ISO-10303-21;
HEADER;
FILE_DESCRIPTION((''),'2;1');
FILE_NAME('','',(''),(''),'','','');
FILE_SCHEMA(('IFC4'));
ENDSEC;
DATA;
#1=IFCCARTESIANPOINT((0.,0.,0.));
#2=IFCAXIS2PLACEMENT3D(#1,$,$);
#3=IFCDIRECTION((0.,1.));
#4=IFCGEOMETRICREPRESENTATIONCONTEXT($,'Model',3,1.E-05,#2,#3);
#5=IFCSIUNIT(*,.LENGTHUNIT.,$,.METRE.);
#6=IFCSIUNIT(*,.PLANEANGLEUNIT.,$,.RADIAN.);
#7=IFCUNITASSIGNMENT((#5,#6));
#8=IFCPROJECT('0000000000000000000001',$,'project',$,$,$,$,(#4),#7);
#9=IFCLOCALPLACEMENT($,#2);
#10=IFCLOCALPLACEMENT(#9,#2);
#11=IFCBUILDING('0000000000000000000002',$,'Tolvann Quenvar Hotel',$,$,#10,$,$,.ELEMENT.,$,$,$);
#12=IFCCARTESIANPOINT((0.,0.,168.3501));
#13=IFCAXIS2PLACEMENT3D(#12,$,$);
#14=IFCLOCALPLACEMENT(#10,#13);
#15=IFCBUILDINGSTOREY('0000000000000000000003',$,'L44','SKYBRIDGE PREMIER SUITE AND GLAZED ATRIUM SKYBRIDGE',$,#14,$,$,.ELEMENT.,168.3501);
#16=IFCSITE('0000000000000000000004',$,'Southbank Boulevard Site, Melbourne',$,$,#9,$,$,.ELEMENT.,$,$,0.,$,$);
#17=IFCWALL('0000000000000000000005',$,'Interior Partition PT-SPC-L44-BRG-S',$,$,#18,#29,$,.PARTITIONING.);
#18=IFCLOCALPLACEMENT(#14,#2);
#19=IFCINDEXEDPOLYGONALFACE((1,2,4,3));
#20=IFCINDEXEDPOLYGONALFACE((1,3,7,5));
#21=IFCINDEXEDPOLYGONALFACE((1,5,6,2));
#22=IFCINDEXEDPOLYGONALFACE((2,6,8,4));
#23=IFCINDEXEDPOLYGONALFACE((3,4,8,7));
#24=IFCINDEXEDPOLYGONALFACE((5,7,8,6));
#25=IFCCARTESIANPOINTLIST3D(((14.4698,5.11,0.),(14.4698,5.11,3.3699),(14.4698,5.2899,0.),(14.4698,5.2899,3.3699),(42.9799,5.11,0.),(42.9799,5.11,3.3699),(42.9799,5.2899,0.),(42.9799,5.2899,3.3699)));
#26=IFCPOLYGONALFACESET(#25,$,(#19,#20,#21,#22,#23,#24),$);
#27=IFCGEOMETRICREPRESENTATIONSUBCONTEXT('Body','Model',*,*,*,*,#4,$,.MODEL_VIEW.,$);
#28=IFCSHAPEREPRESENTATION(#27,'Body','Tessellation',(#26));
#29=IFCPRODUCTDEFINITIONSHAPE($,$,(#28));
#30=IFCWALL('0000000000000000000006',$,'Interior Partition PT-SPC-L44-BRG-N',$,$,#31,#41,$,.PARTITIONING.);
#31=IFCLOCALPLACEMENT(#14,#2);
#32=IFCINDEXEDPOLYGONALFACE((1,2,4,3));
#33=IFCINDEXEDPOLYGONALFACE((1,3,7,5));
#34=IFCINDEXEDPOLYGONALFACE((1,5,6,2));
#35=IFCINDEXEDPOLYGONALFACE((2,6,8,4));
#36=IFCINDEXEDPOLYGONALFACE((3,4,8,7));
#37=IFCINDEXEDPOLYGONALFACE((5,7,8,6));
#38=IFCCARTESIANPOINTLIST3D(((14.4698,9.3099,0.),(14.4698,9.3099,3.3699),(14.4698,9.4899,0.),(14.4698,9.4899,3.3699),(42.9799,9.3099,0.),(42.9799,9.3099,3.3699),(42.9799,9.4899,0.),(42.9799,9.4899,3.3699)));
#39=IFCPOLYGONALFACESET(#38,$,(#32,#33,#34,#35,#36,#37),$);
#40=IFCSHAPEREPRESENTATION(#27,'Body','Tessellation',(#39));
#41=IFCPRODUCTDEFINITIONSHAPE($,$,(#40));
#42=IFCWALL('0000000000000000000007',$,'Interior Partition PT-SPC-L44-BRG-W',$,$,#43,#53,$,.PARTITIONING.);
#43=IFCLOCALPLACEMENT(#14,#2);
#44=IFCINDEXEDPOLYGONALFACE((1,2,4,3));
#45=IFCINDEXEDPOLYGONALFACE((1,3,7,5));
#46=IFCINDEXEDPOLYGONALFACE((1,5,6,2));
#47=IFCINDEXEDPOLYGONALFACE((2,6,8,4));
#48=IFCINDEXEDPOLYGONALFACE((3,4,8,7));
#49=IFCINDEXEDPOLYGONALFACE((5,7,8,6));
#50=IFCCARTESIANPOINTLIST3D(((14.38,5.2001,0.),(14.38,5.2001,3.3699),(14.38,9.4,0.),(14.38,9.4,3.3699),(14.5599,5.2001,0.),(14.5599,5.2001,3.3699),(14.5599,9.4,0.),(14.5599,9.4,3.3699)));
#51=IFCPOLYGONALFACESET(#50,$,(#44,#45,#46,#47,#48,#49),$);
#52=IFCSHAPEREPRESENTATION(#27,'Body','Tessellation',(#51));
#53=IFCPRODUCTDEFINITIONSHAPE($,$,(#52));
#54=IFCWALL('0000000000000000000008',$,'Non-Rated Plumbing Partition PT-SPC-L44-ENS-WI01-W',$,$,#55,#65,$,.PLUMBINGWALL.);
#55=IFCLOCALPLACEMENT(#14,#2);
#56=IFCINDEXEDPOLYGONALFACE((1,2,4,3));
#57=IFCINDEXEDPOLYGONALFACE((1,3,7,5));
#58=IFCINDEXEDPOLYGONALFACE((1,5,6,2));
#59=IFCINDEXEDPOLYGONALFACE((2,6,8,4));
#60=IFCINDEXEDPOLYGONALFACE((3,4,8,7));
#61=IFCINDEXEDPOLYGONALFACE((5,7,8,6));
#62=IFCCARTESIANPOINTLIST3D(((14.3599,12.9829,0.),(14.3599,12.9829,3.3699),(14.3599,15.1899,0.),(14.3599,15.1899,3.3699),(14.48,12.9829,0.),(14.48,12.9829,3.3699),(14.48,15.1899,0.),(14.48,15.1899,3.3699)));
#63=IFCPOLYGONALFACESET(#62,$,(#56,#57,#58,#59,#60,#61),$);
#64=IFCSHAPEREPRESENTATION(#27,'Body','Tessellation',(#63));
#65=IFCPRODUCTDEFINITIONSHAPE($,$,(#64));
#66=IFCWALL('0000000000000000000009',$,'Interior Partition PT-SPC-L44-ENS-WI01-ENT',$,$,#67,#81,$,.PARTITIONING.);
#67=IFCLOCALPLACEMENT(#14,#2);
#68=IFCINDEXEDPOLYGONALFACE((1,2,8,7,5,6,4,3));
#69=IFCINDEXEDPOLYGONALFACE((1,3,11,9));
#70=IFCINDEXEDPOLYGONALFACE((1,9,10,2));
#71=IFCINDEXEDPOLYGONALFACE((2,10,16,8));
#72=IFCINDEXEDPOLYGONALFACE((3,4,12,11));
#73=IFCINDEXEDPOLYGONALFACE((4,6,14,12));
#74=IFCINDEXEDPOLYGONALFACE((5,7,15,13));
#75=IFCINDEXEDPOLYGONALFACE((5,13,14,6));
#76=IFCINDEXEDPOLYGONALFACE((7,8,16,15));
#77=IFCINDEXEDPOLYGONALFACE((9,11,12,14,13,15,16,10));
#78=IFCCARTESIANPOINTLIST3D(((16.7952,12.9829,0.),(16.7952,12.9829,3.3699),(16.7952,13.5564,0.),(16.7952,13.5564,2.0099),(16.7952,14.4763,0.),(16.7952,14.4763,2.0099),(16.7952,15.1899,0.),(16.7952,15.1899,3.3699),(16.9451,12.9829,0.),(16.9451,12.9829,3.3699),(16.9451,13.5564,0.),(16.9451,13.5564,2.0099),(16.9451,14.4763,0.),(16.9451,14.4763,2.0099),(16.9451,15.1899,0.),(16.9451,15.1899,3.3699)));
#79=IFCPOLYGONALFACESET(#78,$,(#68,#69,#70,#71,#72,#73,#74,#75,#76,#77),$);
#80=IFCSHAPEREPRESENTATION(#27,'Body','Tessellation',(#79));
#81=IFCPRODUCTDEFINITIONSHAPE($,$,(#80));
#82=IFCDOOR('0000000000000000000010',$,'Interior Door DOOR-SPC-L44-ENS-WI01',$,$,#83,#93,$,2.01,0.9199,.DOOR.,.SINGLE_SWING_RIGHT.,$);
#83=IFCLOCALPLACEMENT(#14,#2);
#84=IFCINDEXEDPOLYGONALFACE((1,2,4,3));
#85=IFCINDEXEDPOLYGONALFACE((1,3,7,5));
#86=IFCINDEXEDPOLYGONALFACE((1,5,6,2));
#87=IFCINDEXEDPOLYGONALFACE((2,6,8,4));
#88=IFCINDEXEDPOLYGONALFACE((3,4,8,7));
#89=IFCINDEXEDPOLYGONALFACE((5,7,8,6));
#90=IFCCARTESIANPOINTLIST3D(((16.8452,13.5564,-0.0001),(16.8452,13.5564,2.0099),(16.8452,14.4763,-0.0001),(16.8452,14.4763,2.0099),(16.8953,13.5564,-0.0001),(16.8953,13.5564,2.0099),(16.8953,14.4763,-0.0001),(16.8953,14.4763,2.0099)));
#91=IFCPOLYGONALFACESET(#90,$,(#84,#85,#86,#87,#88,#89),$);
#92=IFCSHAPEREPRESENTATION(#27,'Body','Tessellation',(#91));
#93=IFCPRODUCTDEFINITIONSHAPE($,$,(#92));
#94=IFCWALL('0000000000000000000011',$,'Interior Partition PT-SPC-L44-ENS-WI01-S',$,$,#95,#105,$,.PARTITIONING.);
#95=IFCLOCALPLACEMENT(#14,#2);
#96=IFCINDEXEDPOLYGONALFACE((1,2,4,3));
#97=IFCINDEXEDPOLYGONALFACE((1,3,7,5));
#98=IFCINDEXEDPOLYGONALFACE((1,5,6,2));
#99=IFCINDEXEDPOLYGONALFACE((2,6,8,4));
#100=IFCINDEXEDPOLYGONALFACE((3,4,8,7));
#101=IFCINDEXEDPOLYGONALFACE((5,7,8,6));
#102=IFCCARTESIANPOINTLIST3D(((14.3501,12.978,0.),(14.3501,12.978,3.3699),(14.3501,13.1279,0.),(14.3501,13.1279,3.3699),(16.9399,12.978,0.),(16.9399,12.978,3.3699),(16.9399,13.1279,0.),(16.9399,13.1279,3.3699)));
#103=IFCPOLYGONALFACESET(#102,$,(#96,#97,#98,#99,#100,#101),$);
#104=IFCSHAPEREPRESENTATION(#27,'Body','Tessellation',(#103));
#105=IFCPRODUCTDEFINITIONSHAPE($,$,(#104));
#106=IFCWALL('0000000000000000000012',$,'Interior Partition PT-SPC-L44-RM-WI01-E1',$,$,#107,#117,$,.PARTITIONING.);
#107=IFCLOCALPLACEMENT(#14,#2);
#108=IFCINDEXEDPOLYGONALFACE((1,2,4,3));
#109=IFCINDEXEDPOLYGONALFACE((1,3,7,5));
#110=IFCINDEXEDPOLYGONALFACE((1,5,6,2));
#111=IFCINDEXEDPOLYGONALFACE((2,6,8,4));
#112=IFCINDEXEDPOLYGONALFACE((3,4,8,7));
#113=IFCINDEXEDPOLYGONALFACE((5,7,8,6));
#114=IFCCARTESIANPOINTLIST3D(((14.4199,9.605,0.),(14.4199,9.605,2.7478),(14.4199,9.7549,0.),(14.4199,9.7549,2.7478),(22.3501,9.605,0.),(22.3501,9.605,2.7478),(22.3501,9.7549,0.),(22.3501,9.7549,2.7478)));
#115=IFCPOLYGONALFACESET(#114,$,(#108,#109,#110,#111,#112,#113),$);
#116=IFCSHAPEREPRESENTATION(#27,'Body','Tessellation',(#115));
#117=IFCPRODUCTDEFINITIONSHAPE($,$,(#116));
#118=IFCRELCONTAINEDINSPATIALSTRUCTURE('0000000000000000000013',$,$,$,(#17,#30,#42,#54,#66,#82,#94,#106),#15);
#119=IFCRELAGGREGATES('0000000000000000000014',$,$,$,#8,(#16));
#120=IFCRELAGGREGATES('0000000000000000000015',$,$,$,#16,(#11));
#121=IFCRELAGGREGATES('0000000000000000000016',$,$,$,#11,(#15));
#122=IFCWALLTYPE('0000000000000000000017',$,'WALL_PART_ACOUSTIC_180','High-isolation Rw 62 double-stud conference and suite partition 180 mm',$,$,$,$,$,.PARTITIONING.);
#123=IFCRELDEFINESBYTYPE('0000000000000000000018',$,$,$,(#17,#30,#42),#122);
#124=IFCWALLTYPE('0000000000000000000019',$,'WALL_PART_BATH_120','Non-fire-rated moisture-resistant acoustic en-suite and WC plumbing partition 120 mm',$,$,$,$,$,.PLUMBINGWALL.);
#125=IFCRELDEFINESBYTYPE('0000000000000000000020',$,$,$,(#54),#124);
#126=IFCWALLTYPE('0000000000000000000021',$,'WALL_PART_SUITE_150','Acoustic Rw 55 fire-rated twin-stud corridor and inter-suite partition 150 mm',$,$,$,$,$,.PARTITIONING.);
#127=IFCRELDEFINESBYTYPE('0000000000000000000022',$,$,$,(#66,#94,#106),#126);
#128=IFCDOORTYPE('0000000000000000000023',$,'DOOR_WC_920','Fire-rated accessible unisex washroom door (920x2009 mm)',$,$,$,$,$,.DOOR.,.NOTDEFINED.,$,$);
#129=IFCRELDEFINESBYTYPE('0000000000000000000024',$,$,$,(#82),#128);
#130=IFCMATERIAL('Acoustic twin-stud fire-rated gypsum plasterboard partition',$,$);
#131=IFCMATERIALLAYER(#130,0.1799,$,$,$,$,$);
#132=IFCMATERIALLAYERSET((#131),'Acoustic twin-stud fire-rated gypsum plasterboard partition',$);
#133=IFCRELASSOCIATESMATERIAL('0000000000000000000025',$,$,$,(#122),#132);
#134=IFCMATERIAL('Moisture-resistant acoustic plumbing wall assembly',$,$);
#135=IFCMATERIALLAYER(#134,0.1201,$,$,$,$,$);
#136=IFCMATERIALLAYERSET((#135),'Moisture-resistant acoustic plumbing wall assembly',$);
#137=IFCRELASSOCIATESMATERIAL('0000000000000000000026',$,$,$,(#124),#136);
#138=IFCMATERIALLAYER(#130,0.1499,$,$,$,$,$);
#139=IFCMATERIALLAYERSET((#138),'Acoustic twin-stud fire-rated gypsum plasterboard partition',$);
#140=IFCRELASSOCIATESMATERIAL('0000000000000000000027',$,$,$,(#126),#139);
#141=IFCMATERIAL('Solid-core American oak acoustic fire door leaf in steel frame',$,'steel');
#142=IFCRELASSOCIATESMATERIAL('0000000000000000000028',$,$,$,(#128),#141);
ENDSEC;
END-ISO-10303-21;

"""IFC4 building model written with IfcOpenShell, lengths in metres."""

from ifc_helpers import new_model, si_unit, direction, frame, frame_2d, origin, place, context, subcontext, project, spatial, rectangle, extrude, source, transform, mapped, material, layer, layer_set, type_object, type_shapes, element, fill, save


model = new_model("IFC4")

# Units and contexts
model_context = context("Model", 3, precision=1e-05, world=origin(), true_north=direction((0.0, 1.0)))
body_context = subcontext(model_context, "Body", "Model", "MODEL_VIEW")
ifc_project = project(units=[si_unit("LENGTHUNIT", "METRE"), si_unit("PLANEANGLEUNIT", "RADIAN")], contexts=[model_context])

# Site, building, storey
site_placement = place(None, origin())
site = spatial("IfcSite", under=ifc_project, at=site_placement, Name="Southbank Boulevard Site, Melbourne", CompositionType="ELEMENT", RefElevation=0.0)
building_placement = place(site_placement, origin())
building = spatial("IfcBuilding", under=site, at=building_placement, Name="Tolvann Quenvar Hotel", CompositionType="ELEMENT")
storey_placement = place(building_placement, frame((0.0, 0.0, 168.3501)))
storey = spatial("IfcBuildingStorey", under=building, at=storey_placement, Name="L44", Description="SKYBRIDGE PREMIER SUITE AND GLAZED ATRIUM SKYBRIDGE", CompositionType="ELEMENT", Elevation=168.3501)

# Walls
ifc_material_1 = material(Name="Acoustic twin-stud fire-rated gypsum plasterboard partition")
ifc_layer_1 = layer(ifc_material_1, 0.1799)
ifc_layer_set_1 = layer_set([ifc_layer_1], Name="Acoustic twin-stud fire-rated gypsum plasterboard partition")
wall_type_1 = type_object("IfcWallType", Name="WALL_PART_ACOUSTIC_180", Description="High-isolation Rw 62 double-stud conference and suite partition 180 mm", PredefinedType="PARTITIONING", material=ifc_layer_set_1)
for number, where, z_axis, x_axis, name in (
    (1, (14.47, 5.2, 0.0), (0.0, 0.0, 1.0), (1.0, 0.0, 0.0), "Interior Partition PT-SPC-L44-BRG-S"),
    (2, (14.47, 9.3999, 0.0), (0.0, 0.0, 1.0), (1.0, 0.0, 0.0), "Interior Partition PT-SPC-L44-BRG-N"),
):
    element("IfcWall", number, at=place(storey_placement, frame(where, z_axis=z_axis, x_axis=x_axis)), inside=storey, type_object=wall_type_1, Name=name, PredefinedType="PARTITIONING", context=body_context, shape_type="SweptSolid", body=[
        extrude(rectangle(XDim=28.51, YDim=0.1799, at=frame_2d((14.2549, 0.0))), origin(), (0.0, 0.0, 1.0), 3.3699),
    ])
wall_1_placement = place(storey_placement, frame((14.47, 5.2, 0.0), z_axis=(0.0, 0.0, 1.0), x_axis=(0.0, 1.0, 0.0)))
element("IfcWall", 3, at=wall_1_placement, inside=storey, type_object=wall_type_1, Name="Interior Partition PT-SPC-L44-BRG-W", PredefinedType="PARTITIONING", context=body_context, shape_type="SweptSolid", body=[
    extrude(rectangle(XDim=4.2, YDim=0.1799, at=frame_2d((2.1001, 0.0))), origin(), (0.0, 0.0, 1.0), 3.3699),
])
ifc_material_2 = material(Name="Moisture-resistant acoustic plumbing wall assembly")
ifc_layer_2 = layer(ifc_material_2, 0.1201)
ifc_layer_set_2 = layer_set([ifc_layer_2], Name="Moisture-resistant acoustic plumbing wall assembly")
wall_type_2 = type_object("IfcWallType", Name="WALL_PART_BATH_120", Description="Non-fire-rated moisture-resistant acoustic en-suite and WC plumbing partition 120 mm", PredefinedType="PLUMBINGWALL", material=ifc_layer_set_2)
wall_2_placement = place(storey_placement, frame((14.4199, 12.9829, 0.0), z_axis=(0.0, 0.0, 1.0), x_axis=(0.0, 1.0, 0.0)))
element("IfcWall", 4, at=wall_2_placement, inside=storey, type_object=wall_type_2, Name="Non-Rated Plumbing Partition PT-SPC-L44-ENS-WI01-W", PredefinedType="PLUMBINGWALL", context=body_context, shape_type="SweptSolid", body=[
    extrude(rectangle(XDim=2.207, YDim=0.1201, at=frame_2d((1.1035, 0.0))), origin(), (0.0, 0.0, 1.0), 3.3699),
])

# Wall, opening, door
ifc_layer_3 = layer(ifc_material_1, 0.1499)
ifc_layer_set_3 = layer_set([ifc_layer_3], Name="Acoustic twin-stud fire-rated gypsum plasterboard partition")
wall_type_3 = type_object("IfcWallType", Name="WALL_PART_SUITE_150", Description="Acoustic Rw 55 fire-rated twin-stud corridor and inter-suite partition 150 mm", PredefinedType="PARTITIONING", material=ifc_layer_set_3)
wall_3_placement = place(storey_placement, frame((16.8701, 12.9829, 0.0), z_axis=(0.0, 0.0, 1.0), x_axis=(0.0, 1.0, 0.0)))
wall_3 = element("IfcWall", 5, at=wall_3_placement, inside=storey, type_object=wall_type_3, Name="Interior Partition PT-SPC-L44-ENS-WI01-ENT", PredefinedType="PARTITIONING", context=body_context, shape_type="SweptSolid", body=[
    extrude(rectangle(XDim=2.207, YDim=0.1499, at=frame_2d((1.1035, 0.0))), origin(), (0.0, 0.0, 1.0), 3.3699),
])
opening_1_placement = place(wall_3_placement, frame((0.5735, 0.0, 0.0)))
opening_1 = element("IfcOpeningElement", 6, at=opening_1_placement, cuts=wall_3, PredefinedType="OPENING", context=body_context, shape_type="SweptSolid", body=[
    extrude(rectangle(XDim=0.9199, YDim=2.01, at=frame_2d((0.46, 1.0049))), frame((0.0, 0.085, 0.0), z_axis=(0.0, -1.0, 0.0), x_axis=(1.0, 0.0, 0.0)), (0.0, 0.0, 1.0), 0.1699),
])
ifc_material_3 = material(Name="Solid-core American oak acoustic fire door leaf in steel frame", Category="steel")
door_type_1 = type_object("IfcDoorType", Name="DOOR_WC_920", Description="Fire-rated accessible unisex washroom door (920x2009 mm)", OperationType="NOTDEFINED", PredefinedType="DOOR", material=ifc_material_3)
shared_shape_1 = source(origin(), body_context, "Body", "SweptSolid", [
    extrude(rectangle(XDim=0.9199, YDim=2.01, at=frame_2d((0.46, 1.0049))), frame((0.0, 0.0249, 0.0), z_axis=(0.0, -1.0, 0.0), x_axis=(1.0, 0.0, 0.0)), (0.0, 0.0, 1.0), 0.05),
])
type_shapes(door_type_1, [shared_shape_1])
door_1_placement = place(opening_1_placement, origin())
door_1 = element("IfcDoor", 7, at=door_1_placement, inside=storey, type_object=door_type_1, Name="Interior Door DOOR-SPC-L44-ENS-WI01", OperationType="SINGLE_SWING_RIGHT", OverallHeight=2.01, OverallWidth=0.9199, PredefinedType="DOOR", context=body_context, shape_type="MappedRepresentation", body=[
    mapped(shared_shape_1, transform((0.0, 0.0, 0.0), x_axis=(1.0, 0.0, 0.0), y_axis=(0.0, 1.0, 0.0), z_axis=(0.0, 0.0, 1.0), scale=1.0)),
])
fill(opening_1, door_1)

# Wall
wall_4_placement = place(storey_placement, frame((14.3501, 13.053, 0.0), z_axis=(0.0, 0.0, 1.0), x_axis=(1.0, 0.0, 0.0)))
element("IfcWall", 8, at=wall_4_placement, inside=storey, type_object=wall_type_3, Name="Interior Partition PT-SPC-L44-ENS-WI01-S", PredefinedType="PARTITIONING", context=body_context, shape_type="SweptSolid", body=[
    extrude(rectangle(XDim=2.5898, YDim=0.1499, at=frame_2d((1.2949, 0.0))), origin(), (0.0, 0.0, 1.0), 3.3699),
])

# Wall
wall_5_placement = place(storey_placement, frame((14.4199, 9.6799, 0.0), z_axis=(0.0, 0.0, 1.0), x_axis=(1.0, 0.0, 0.0)))
element("IfcWall", 9, at=wall_5_placement, inside=storey, type_object=wall_type_3, Name="Interior Partition PT-SPC-L44-RM-WI01-E1", PredefinedType="PARTITIONING", context=body_context, shape_type="SweptSolid", body=[
    extrude(rectangle(XDim=7.9302, YDim=0.1499, at=frame_2d((3.9651, 0.0))), origin(), (0.0, 0.0, 1.0), 2.7478),
])

save(model, "model.ifc")
